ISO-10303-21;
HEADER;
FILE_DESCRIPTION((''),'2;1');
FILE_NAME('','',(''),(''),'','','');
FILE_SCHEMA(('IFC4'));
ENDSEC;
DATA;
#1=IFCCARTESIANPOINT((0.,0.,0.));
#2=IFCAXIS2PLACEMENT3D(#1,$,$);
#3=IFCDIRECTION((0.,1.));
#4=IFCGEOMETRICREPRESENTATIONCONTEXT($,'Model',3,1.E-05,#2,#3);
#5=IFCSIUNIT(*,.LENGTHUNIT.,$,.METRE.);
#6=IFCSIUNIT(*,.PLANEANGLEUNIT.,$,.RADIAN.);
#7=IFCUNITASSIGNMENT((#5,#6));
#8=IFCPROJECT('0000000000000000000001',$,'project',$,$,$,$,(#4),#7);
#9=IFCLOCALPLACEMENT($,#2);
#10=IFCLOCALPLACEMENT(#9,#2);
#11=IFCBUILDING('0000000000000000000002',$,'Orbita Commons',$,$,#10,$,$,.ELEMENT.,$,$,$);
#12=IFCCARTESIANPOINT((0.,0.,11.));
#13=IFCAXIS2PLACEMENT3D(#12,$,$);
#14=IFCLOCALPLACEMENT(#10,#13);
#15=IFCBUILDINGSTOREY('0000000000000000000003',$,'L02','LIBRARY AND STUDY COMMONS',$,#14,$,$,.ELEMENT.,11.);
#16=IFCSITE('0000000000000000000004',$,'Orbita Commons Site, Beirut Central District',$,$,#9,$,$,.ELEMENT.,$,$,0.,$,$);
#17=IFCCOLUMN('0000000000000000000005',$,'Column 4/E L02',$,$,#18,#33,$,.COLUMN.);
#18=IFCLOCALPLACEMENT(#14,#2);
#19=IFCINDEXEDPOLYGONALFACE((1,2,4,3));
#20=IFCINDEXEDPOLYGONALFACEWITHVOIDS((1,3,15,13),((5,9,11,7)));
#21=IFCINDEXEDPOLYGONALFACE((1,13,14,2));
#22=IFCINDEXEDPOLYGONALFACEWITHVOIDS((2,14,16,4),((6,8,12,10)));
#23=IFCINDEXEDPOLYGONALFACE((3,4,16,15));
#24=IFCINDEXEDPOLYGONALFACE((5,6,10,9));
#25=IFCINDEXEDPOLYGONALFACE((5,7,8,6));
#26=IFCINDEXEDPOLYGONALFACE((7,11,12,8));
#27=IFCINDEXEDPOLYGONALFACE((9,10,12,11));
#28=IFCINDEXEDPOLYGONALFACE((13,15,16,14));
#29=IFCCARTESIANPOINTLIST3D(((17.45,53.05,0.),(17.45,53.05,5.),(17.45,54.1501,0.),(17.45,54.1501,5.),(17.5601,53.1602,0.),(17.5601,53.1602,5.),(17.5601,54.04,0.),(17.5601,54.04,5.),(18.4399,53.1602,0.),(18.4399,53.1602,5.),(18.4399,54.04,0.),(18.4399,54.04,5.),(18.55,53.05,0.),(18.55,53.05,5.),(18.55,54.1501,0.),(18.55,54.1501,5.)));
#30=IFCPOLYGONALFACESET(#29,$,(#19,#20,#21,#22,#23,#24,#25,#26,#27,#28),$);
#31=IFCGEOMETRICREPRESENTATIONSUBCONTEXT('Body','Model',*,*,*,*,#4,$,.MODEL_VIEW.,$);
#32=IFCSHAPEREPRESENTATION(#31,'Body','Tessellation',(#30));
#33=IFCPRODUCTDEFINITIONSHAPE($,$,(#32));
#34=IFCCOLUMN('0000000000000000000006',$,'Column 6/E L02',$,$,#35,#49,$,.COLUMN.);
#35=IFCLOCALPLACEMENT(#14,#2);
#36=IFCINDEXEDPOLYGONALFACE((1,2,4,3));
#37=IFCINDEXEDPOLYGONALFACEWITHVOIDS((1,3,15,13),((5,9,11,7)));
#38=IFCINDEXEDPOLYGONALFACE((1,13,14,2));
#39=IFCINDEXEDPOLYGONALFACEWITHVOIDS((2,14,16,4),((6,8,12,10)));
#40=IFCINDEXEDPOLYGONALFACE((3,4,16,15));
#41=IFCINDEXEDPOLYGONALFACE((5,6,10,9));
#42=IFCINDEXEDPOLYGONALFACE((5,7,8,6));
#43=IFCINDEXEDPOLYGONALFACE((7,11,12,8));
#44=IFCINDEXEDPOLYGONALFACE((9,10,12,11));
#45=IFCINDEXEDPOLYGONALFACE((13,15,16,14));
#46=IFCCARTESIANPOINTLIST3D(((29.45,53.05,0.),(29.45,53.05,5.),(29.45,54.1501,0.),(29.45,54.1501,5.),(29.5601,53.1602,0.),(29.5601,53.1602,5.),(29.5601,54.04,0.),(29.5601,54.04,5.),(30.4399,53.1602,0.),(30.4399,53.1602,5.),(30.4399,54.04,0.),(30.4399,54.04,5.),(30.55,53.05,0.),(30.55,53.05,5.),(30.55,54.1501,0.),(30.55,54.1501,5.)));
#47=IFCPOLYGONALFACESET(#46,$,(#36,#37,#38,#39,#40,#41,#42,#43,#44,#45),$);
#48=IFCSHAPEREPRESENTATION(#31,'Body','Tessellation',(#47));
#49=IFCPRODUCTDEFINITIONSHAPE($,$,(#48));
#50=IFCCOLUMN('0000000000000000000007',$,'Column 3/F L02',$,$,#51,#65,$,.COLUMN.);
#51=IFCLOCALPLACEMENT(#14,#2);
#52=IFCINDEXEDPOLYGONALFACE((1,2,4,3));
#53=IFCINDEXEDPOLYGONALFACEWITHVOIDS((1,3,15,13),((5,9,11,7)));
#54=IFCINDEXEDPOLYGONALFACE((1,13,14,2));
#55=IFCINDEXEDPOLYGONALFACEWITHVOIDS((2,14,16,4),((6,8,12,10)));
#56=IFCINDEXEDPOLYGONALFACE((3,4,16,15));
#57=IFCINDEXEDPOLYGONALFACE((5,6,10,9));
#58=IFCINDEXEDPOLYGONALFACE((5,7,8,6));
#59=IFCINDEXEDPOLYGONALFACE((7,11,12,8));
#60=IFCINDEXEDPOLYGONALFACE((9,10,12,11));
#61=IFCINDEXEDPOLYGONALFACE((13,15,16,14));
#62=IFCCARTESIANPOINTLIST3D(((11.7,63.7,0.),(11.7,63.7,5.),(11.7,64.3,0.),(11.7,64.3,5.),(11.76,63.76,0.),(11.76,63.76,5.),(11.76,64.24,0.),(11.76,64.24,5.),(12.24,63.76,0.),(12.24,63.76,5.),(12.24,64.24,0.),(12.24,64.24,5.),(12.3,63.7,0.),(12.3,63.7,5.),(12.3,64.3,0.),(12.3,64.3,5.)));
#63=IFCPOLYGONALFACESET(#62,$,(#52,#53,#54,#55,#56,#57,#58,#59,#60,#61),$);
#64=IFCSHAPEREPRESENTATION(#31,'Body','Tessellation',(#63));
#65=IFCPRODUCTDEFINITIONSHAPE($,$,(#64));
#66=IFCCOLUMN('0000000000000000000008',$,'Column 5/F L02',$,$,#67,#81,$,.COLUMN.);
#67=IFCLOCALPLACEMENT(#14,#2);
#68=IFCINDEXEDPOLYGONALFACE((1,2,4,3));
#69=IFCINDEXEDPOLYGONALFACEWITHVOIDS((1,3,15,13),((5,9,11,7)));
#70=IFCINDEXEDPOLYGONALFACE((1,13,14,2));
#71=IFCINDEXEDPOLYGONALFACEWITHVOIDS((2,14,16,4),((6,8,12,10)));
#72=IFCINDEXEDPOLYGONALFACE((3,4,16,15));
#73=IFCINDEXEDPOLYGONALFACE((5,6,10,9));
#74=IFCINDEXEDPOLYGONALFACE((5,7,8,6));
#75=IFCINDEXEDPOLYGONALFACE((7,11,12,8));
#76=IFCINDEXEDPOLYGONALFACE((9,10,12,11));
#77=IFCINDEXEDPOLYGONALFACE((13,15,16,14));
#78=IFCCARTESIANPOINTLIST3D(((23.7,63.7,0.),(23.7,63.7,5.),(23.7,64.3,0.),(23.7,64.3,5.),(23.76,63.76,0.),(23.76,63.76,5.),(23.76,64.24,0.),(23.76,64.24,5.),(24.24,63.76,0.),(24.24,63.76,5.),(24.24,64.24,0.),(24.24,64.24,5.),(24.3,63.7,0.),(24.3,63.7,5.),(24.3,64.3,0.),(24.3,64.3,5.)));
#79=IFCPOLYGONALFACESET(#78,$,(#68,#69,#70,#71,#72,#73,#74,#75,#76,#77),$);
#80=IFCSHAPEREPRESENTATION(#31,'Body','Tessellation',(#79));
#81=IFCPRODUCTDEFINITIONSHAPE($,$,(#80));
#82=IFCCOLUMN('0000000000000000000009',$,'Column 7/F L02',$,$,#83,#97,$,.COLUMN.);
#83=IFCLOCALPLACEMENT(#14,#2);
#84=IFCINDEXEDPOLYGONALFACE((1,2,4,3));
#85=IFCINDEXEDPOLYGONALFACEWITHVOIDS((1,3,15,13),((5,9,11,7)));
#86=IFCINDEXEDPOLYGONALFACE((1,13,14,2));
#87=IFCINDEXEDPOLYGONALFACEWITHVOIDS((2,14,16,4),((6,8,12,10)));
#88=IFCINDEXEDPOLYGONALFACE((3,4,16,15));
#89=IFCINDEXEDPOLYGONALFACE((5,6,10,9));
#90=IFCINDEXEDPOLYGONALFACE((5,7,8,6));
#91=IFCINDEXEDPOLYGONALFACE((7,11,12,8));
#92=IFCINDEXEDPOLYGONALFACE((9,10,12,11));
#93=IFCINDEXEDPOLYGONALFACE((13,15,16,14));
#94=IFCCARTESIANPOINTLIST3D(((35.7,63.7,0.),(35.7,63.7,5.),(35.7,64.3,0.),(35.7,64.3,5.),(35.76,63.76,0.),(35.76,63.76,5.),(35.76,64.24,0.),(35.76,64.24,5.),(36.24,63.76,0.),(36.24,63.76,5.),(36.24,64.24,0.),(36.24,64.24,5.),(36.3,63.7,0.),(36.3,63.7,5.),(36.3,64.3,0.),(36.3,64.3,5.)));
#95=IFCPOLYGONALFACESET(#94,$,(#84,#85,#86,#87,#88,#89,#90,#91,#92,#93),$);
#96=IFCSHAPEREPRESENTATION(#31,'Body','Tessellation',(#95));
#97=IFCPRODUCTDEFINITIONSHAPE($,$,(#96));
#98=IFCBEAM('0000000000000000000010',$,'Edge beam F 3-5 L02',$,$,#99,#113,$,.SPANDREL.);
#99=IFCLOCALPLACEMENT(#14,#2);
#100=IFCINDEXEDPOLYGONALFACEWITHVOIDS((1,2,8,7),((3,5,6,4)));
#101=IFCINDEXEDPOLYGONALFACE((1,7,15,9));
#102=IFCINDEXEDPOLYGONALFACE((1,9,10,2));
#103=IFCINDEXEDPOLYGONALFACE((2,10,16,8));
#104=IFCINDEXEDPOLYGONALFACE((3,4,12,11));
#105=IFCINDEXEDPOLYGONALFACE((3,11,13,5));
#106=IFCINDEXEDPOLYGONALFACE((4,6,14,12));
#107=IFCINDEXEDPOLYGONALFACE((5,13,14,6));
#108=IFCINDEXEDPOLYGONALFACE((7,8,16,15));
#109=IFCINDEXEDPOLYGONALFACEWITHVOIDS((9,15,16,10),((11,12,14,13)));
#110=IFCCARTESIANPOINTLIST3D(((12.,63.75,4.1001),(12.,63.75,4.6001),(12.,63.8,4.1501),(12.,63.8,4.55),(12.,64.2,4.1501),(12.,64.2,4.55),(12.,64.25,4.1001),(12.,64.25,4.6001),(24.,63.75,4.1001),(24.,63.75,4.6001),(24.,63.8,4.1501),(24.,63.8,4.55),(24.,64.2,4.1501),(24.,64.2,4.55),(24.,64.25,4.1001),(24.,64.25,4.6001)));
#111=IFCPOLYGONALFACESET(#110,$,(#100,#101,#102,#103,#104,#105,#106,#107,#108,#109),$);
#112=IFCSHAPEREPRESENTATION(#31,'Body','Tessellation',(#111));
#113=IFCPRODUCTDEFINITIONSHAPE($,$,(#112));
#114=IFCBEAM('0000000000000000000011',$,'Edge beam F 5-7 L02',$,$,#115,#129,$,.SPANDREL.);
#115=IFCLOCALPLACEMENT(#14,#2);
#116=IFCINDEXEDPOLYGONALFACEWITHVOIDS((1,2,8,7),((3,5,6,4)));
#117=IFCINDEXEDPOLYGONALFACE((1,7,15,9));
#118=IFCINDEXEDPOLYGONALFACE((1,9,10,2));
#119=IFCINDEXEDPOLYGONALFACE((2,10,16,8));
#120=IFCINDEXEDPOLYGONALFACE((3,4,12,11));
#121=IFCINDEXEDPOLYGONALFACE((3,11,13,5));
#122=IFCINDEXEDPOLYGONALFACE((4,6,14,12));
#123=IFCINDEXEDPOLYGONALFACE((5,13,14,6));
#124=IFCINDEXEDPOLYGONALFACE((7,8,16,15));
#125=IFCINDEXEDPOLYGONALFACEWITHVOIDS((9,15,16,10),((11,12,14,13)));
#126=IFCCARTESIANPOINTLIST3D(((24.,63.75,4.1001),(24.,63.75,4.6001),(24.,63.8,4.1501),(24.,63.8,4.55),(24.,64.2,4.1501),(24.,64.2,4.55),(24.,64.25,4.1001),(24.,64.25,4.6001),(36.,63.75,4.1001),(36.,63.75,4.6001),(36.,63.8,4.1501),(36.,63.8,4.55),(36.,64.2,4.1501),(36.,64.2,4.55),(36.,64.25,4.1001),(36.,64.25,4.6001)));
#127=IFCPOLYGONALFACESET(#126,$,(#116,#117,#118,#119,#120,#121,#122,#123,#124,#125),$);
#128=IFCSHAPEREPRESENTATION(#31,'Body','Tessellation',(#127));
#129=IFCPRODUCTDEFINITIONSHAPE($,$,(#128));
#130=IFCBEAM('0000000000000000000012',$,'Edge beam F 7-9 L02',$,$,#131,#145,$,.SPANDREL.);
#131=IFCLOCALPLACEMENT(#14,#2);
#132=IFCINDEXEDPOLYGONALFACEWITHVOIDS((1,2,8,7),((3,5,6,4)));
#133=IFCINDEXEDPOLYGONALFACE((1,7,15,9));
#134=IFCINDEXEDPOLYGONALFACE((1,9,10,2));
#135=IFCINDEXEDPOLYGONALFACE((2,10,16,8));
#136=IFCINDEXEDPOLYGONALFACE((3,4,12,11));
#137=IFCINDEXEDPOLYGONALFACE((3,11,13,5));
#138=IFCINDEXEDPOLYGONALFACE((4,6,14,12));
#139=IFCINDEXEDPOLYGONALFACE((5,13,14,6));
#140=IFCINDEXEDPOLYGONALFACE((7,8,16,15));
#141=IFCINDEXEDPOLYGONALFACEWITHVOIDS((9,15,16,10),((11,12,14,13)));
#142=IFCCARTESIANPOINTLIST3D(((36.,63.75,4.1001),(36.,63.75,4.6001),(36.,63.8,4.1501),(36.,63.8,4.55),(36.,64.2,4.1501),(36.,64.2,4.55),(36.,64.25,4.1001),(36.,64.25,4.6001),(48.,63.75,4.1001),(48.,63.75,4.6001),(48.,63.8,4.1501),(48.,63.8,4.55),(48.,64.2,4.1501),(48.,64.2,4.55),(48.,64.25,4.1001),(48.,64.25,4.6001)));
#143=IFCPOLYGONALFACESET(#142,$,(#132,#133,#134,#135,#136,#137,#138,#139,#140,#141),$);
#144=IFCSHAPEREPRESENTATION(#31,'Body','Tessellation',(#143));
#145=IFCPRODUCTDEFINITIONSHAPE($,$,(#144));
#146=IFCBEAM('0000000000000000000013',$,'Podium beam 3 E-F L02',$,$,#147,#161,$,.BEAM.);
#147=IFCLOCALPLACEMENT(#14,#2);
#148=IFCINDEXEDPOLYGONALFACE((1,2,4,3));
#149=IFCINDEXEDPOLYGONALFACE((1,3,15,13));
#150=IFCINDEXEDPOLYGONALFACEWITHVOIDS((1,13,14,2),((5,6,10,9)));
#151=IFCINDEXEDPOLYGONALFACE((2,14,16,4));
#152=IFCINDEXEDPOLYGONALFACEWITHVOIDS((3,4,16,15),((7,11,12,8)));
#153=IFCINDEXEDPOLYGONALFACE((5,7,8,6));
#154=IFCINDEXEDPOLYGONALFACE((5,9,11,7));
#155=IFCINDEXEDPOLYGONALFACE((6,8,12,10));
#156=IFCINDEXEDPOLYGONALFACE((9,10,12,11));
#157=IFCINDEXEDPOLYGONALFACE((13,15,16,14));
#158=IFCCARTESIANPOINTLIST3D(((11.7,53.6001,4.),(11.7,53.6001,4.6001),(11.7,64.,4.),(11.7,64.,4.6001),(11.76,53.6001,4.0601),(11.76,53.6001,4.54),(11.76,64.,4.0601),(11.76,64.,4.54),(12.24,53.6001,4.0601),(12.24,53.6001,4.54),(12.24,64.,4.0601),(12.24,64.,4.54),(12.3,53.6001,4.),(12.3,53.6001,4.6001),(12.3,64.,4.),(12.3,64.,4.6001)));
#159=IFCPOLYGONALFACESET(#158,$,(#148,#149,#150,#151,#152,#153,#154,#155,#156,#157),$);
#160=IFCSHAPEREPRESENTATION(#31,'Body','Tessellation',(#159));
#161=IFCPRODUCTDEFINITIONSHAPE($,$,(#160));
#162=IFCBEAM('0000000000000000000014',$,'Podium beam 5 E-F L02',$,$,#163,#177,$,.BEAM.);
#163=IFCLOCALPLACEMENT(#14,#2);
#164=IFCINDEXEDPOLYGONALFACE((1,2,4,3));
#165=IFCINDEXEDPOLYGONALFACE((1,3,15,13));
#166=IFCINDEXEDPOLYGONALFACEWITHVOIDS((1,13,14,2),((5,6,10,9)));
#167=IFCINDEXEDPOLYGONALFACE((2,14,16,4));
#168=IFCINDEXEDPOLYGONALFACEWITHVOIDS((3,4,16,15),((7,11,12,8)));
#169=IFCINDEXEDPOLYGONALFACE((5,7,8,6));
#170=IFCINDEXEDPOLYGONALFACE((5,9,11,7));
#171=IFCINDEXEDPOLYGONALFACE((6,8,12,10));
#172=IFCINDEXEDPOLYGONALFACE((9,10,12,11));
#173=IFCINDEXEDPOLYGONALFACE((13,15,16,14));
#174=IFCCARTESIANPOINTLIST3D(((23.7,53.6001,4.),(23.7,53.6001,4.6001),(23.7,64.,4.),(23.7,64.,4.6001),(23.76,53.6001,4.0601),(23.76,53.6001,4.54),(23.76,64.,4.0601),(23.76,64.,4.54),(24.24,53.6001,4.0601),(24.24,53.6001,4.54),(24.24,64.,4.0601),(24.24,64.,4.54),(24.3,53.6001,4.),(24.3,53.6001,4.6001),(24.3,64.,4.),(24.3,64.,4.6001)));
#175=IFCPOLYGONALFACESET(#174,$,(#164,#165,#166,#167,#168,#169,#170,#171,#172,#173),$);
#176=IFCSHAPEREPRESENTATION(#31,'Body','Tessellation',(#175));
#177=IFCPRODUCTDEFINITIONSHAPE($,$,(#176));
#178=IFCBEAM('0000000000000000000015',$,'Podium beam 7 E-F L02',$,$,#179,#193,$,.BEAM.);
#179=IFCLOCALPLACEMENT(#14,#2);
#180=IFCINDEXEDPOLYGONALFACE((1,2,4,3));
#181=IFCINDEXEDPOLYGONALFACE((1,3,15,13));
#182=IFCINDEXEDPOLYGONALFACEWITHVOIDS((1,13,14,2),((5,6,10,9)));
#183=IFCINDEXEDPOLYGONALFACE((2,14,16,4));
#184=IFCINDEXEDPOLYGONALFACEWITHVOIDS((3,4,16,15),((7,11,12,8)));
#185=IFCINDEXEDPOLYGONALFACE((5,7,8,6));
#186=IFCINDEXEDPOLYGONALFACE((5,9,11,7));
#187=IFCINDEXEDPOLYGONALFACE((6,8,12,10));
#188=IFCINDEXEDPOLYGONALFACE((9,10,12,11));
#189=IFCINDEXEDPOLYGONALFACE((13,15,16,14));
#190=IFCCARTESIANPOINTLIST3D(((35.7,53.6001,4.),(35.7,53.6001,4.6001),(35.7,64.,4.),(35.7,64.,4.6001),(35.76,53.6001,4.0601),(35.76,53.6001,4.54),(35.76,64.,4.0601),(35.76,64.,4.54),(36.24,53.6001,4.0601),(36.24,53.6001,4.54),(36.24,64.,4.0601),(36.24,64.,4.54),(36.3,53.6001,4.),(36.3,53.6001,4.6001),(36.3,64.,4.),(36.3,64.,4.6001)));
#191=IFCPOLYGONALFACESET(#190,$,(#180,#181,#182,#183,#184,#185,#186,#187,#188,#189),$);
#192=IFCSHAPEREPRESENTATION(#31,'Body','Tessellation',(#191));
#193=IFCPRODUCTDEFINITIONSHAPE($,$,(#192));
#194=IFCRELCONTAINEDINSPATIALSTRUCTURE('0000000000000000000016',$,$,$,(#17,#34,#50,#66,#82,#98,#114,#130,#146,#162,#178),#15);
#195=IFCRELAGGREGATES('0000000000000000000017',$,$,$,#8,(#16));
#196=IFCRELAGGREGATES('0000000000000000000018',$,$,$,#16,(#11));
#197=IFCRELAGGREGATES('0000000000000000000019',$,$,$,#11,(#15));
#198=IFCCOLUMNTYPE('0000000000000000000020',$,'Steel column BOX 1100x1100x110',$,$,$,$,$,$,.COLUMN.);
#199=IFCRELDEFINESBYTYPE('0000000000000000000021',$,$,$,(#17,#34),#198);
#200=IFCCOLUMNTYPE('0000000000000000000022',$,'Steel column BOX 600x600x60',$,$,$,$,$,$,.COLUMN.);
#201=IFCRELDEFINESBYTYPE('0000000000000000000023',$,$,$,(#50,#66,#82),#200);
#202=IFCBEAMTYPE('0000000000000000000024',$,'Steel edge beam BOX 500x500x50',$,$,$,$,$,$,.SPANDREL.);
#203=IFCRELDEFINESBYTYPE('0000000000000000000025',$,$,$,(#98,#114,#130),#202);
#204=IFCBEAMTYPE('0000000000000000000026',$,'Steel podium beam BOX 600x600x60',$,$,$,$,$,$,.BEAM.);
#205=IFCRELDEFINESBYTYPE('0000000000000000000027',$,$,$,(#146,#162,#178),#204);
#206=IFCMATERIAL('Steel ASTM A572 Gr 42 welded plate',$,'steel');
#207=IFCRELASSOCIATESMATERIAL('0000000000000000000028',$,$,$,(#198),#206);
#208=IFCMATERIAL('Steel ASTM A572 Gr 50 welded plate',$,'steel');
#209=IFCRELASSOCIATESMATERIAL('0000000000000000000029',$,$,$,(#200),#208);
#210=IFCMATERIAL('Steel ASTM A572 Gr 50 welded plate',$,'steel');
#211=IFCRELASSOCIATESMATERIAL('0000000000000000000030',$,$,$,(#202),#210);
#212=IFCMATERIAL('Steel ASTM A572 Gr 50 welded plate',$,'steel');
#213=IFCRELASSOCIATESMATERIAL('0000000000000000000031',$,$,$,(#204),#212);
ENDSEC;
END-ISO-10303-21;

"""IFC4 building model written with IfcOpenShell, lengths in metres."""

from ifc_helpers import new_model, si_unit, direction, frame, origin, origin_2d, place, context, subcontext, project, spatial, hollow_rectangle, extrude, material, material_profile, profile_set, type_object, element, save


model = new_model("IFC4")

# Units and contexts
model_context = context("Model", 3, precision=1e-05, world=origin(), true_north=direction((0.0, 1.0)))
body_context = subcontext(model_context, "Body", "Model", "MODEL_VIEW")
ifc_project = project(units=[si_unit("LENGTHUNIT", "METRE"), si_unit("PLANEANGLEUNIT", "RADIAN")], contexts=[model_context])

# Site, building, storey
site_placement = place(None, origin())
site = spatial("IfcSite", under=ifc_project, at=site_placement, Name="Orbita Commons Site, Beirut Central District", CompositionType="ELEMENT", RefElevation=0.0)
building_placement = place(site_placement, origin())
building = spatial("IfcBuilding", under=site, at=building_placement, Name="Orbita Commons", CompositionType="ELEMENT")
storey_placement = place(building_placement, frame((0.0, 0.0, 11.0)))
storey = spatial("IfcBuildingStorey", under=building, at=storey_placement, Name="L02", Description="LIBRARY AND STUDY COMMONS", CompositionType="ELEMENT", Elevation=11.0)

# Columns
ifc_material_1 = material(Name="Steel ASTM A572 Gr 42 welded plate", Category="steel")
ifc_material_profile_1 = material_profile(ifc_material_1, hollow_rectangle(XDim=1.1001, YDim=1.1001, WallThickness=0.1101, at=origin_2d()), Name="BOX 1100x1100x110")
ifc_profile_set_1 = profile_set([ifc_material_profile_1], Name="Steel ASTM A572 Gr 42 welded plate")
column_type_1 = type_object("IfcColumnType", Name="Steel column BOX 1100x1100x110", PredefinedType="COLUMN", material=ifc_profile_set_1)
for number, where, z_axis, x_axis, name in (
    (1, (18.0, 53.6001, 0.0), (0.0, 0.0, 1.0), (1.0, 0.0, 0.0), "Column 4/E L02"),
    (2, (30.0, 53.6001, 0.0), (0.0, 0.0, 1.0), (1.0, 0.0, 0.0), "Column 6/E L02"),
):
    element("IfcColumn", number, at=place(storey_placement, frame(where, z_axis=z_axis, x_axis=x_axis)), inside=storey, type_object=column_type_1, Name=name, PredefinedType="COLUMN", context=body_context, shape_type="SweptSolid", body=[
        extrude(hollow_rectangle(XDim=1.1001, YDim=1.1001, WallThickness=0.1101, at=origin_2d()), origin(), (0.0, 0.0, 1.0), 5.0),
    ])
ifc_material_2 = material(Name="Steel ASTM A572 Gr 50 welded plate", Category="steel")
ifc_material_profile_2 = material_profile(ifc_material_2, hollow_rectangle(XDim=0.6001, YDim=0.6001, WallThickness=0.0601, at=origin_2d()), Name="BOX 600x600x60")
ifc_profile_set_2 = profile_set([ifc_material_profile_2], Name="Steel ASTM A572 Gr 50 welded plate")
column_type_2 = type_object("IfcColumnType", Name="Steel column BOX 600x600x60", PredefinedType="COLUMN", material=ifc_profile_set_2)
for number, where, z_axis, x_axis, name in (
    (3, (12.0, 64.0, 0.0), (0.0, 0.0, 1.0), (1.0, 0.0, 0.0), "Column 3/F L02"),
    (4, (24.0, 64.0, 0.0), (0.0, 0.0, 1.0), (1.0, 0.0, 0.0), "Column 5/F L02"),
    (5, (36.0, 64.0, 0.0), (0.0, 0.0, 1.0), (1.0, 0.0, 0.0), "Column 7/F L02"),
):
    element("IfcColumn", number, at=place(storey_placement, frame(where, z_axis=z_axis, x_axis=x_axis)), inside=storey, type_object=column_type_2, Name=name, PredefinedType="COLUMN", context=body_context, shape_type="SweptSolid", body=[
        extrude(hollow_rectangle(XDim=0.6001, YDim=0.6001, WallThickness=0.0601, at=origin_2d()), origin(), (0.0, 0.0, 1.0), 5.0),
    ])

# Beams
ifc_material_3 = material(Name="Steel ASTM A572 Gr 50 welded plate", Category="steel")
ifc_material_profile_3 = material_profile(ifc_material_3, hollow_rectangle(XDim=0.5, YDim=0.5, WallThickness=0.05, at=origin_2d()), Name="BOX 500x500x50")
ifc_profile_set_3 = profile_set([ifc_material_profile_3], Name="Steel ASTM A572 Gr 50 welded plate")
beam_type_1 = type_object("IfcBeamType", Name="Steel edge beam BOX 500x500x50", PredefinedType="SPANDREL", material=ifc_profile_set_3)
for number, where, z_axis, x_axis, name in (
    (6, (12.0, 64.0, 4.3501), (1.0, 0.0, 0.0), (0.0, 1.0, 0.0), "Edge beam F 3-5 L02"),
    (7, (24.0, 64.0, 4.3501), (1.0, 0.0, 0.0), (0.0, 1.0, 0.0), "Edge beam F 5-7 L02"),
    (8, (36.0, 64.0, 4.3501), (1.0, 0.0, 0.0), (0.0, 1.0, 0.0), "Edge beam F 7-9 L02"),
):
    element("IfcBeam", number, at=place(storey_placement, frame(where, z_axis=z_axis, x_axis=x_axis)), inside=storey, type_object=beam_type_1, Name=name, PredefinedType="SPANDREL", context=body_context, shape_type="SweptSolid", body=[
        extrude(hollow_rectangle(XDim=0.5, YDim=0.5, WallThickness=0.05, at=origin_2d()), origin(), (0.0, 0.0, 1.0), 12.0),
    ])
ifc_material_4 = material(Name="Steel ASTM A572 Gr 50 welded plate", Category="steel")
ifc_material_profile_4 = material_profile(ifc_material_4, hollow_rectangle(XDim=0.6001, YDim=0.6001, WallThickness=0.0601, at=origin_2d()), Name="BOX 600x600x60")
ifc_profile_set_4 = profile_set([ifc_material_profile_4], Name="Steel ASTM A572 Gr 50 welded plate")
beam_type_2 = type_object("IfcBeamType", Name="Steel podium beam BOX 600x600x60", PredefinedType="BEAM", material=ifc_profile_set_4)
for number, where, z_axis, x_axis, name in (
    (9, (12.0, 53.6001, 4.3), (0.0, 1.0, 0.0), (-1.0, 0.0, 0.0), "Podium beam 3 E-F L02"),
    (10, (24.0, 53.6001, 4.3), (0.0, 1.0, 0.0), (-1.0, 0.0, 0.0), "Podium beam 5 E-F L02"),
    (11, (36.0, 53.6001, 4.3), (0.0, 1.0, 0.0), (-1.0, 0.0, 0.0), "Podium beam 7 E-F L02"),
):
    element("IfcBeam", number, at=place(storey_placement, frame(where, z_axis=z_axis, x_axis=x_axis)), inside=storey, type_object=beam_type_2, Name=name, PredefinedType="BEAM", context=body_context, shape_type="SweptSolid", body=[
        extrude(hollow_rectangle(XDim=0.6001, YDim=0.6001, WallThickness=0.0601, at=origin_2d()), origin(), (0.0, 0.0, 1.0), 10.3999),
    ])

save(model, "model.ifc")
